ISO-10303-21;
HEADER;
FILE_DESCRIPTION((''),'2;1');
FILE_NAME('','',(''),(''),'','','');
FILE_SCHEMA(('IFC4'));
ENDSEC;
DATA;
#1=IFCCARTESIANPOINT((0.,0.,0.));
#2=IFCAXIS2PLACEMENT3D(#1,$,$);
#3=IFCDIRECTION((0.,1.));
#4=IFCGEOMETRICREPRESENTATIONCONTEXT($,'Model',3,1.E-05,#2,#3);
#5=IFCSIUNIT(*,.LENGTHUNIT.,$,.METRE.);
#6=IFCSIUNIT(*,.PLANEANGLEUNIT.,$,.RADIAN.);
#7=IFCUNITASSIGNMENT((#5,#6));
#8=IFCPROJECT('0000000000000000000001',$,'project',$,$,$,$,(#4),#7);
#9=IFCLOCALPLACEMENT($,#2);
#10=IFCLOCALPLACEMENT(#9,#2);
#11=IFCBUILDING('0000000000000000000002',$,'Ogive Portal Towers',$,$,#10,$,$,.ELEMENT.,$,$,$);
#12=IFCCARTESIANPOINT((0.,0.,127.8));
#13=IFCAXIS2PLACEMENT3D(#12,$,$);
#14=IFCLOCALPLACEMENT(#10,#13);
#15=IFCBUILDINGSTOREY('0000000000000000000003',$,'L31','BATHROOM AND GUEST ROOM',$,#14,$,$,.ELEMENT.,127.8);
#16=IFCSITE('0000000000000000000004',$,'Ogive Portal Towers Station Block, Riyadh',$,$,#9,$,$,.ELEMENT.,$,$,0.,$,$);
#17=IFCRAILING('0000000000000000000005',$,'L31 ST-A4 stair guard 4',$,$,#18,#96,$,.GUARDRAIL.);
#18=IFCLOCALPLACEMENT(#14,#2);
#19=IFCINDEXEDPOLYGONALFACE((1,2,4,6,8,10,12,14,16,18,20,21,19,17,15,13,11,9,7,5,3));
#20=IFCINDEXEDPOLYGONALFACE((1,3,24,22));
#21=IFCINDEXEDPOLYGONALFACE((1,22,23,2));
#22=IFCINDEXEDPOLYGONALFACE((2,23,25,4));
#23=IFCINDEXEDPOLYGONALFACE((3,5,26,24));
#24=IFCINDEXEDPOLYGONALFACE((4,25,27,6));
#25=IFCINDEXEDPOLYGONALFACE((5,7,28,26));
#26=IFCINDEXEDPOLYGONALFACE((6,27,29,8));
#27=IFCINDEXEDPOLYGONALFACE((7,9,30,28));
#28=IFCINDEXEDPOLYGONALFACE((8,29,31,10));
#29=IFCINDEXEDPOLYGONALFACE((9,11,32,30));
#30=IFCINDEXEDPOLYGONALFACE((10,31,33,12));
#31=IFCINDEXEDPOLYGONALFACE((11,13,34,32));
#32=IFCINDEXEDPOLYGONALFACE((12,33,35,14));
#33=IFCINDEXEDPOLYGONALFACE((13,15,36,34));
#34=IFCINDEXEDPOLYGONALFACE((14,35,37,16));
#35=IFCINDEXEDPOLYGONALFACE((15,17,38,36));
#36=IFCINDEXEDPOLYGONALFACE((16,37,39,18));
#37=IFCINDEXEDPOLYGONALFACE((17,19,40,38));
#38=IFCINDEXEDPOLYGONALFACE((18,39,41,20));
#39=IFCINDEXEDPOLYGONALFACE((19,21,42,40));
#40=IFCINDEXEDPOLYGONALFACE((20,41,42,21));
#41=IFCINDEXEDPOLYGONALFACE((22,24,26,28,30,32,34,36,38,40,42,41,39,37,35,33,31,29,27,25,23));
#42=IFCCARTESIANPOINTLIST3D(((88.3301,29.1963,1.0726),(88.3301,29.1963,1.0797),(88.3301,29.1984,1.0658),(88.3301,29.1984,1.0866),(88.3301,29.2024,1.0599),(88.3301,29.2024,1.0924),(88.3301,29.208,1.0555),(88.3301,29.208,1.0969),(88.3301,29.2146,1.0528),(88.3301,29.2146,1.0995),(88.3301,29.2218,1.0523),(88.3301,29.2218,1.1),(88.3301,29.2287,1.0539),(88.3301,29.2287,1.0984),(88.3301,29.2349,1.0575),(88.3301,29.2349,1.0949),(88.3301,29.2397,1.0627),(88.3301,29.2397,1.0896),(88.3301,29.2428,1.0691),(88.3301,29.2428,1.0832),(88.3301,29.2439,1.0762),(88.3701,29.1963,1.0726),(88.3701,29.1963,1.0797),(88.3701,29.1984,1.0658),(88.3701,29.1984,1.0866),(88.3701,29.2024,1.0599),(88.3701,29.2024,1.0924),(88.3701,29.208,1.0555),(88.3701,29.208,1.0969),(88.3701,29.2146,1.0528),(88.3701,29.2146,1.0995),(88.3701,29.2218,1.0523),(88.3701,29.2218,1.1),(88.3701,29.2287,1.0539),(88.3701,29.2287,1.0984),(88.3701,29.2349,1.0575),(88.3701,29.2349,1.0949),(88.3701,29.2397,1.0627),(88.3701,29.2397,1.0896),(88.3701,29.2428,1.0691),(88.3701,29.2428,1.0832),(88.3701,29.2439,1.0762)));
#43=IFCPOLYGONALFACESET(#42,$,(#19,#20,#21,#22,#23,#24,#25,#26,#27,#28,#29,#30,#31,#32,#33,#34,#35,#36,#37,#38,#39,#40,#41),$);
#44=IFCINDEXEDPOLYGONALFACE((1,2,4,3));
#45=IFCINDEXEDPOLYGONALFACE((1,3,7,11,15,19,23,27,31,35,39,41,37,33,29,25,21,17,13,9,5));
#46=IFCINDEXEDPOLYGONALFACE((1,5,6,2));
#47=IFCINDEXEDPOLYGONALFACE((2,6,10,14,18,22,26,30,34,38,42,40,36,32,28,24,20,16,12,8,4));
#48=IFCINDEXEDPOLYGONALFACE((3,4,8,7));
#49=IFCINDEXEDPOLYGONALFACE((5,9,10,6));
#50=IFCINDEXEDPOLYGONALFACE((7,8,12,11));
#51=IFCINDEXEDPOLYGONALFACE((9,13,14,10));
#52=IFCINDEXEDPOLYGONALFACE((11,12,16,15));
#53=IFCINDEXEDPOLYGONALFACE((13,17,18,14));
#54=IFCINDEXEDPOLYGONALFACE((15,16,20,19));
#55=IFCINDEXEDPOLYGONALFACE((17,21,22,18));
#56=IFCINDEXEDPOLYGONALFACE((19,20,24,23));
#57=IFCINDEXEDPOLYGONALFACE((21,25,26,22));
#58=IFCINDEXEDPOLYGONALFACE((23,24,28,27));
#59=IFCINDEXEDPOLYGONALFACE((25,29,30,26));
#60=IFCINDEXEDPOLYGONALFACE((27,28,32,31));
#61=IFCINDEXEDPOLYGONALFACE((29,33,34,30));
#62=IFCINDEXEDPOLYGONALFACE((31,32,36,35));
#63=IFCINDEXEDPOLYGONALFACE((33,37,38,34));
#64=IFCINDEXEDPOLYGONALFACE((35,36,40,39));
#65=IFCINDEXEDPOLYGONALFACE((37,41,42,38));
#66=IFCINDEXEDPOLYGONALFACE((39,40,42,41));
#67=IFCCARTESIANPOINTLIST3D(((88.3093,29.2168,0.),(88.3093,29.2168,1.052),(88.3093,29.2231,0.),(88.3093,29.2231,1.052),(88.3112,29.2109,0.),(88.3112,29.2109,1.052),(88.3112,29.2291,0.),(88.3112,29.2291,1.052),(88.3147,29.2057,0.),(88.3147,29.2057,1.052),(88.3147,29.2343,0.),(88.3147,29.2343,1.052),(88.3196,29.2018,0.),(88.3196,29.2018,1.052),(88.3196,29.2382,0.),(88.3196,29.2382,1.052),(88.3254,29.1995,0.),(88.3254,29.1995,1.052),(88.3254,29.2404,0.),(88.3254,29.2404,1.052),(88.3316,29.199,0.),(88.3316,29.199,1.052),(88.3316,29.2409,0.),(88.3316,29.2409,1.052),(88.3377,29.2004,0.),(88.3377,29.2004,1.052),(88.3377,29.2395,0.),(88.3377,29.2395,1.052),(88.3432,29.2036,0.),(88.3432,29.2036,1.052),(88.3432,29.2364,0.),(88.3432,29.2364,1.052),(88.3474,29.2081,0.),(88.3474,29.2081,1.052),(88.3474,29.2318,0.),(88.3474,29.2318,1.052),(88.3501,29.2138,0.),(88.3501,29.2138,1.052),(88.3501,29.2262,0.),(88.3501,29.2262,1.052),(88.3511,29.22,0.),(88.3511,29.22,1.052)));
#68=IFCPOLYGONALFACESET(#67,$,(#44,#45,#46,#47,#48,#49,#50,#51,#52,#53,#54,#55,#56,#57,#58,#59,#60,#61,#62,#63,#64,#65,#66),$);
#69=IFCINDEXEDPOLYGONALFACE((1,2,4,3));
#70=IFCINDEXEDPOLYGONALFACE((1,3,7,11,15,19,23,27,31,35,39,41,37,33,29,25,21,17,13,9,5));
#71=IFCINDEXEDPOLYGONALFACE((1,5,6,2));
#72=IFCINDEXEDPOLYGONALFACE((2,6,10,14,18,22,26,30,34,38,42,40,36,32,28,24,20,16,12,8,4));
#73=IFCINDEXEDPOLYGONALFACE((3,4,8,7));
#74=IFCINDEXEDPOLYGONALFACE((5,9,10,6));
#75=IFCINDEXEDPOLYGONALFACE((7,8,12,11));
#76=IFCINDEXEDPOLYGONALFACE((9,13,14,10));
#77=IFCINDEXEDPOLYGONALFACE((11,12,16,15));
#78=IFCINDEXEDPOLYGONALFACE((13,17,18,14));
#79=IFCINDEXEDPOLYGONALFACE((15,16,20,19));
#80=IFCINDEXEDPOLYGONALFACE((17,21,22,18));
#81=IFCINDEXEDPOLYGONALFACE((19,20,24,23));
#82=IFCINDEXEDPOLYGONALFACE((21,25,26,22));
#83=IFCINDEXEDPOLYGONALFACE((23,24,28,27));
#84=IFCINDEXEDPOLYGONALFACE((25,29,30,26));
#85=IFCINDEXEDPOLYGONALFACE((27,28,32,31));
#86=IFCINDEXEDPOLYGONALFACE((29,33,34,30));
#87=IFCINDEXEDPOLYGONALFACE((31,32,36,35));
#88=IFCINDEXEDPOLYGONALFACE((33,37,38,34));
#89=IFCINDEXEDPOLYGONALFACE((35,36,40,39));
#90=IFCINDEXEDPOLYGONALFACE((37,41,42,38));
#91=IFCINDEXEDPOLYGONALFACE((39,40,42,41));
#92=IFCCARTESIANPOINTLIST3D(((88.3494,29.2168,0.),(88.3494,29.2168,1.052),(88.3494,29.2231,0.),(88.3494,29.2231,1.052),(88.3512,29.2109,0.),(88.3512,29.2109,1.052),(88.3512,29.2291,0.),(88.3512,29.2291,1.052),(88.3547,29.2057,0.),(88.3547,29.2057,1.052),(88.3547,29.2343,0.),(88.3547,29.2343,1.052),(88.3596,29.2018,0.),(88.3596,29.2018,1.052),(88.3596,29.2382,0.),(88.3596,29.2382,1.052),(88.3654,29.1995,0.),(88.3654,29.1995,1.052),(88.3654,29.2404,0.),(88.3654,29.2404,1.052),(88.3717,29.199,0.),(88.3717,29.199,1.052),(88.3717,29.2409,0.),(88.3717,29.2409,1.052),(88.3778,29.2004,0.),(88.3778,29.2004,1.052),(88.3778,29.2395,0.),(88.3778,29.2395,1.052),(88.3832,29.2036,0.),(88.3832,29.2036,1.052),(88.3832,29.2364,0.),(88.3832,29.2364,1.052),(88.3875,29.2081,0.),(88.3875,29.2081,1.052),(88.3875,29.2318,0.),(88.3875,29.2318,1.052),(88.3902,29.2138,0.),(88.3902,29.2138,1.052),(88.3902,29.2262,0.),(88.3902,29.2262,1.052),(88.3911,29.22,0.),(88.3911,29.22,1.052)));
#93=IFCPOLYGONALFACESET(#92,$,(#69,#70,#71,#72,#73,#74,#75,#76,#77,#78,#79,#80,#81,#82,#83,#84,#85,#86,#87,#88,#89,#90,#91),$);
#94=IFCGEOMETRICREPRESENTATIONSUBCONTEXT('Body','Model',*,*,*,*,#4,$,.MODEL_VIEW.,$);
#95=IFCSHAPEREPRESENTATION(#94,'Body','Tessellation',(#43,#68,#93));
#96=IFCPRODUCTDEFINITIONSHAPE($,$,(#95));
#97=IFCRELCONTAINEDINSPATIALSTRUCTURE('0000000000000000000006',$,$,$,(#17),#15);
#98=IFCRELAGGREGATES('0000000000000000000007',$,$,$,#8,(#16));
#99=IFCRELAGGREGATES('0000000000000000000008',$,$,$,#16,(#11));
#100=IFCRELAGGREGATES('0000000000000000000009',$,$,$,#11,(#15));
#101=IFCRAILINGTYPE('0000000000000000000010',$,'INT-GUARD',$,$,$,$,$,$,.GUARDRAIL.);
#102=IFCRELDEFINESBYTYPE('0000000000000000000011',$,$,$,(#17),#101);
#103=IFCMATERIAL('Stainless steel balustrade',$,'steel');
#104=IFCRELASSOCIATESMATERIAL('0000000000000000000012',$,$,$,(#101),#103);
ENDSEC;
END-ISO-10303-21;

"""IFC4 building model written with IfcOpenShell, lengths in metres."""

from ifc_helpers import new_model, si_unit, direction, frame, origin, origin_2d, place, context, subcontext, project, spatial, circle, extrude, material, type_object, element, save


model = new_model("IFC4")

# Units and contexts
model_context = context("Model", 3, precision=1e-05, world=origin(), true_north=direction((0.0, 1.0)))
body_context = subcontext(model_context, "Body", "Model", "MODEL_VIEW")
ifc_project = project(units=[si_unit("LENGTHUNIT", "METRE"), si_unit("PLANEANGLEUNIT", "RADIAN")], contexts=[model_context])

# Site, building, storey
site_placement = place(None, origin())
site = spatial("IfcSite", under=ifc_project, at=site_placement, Name="Ogive Portal Towers Station Block, Riyadh", CompositionType="ELEMENT", RefElevation=0.0)
building_placement = place(site_placement, origin())
building = spatial("IfcBuilding", under=site, at=building_placement, Name="Ogive Portal Towers", CompositionType="ELEMENT")
storey_placement = place(building_placement, frame((0.0, 0.0, 127.8)))
storey = spatial("IfcBuildingStorey", under=building, at=storey_placement, Name="L31", Description="BATHROOM AND GUEST ROOM", CompositionType="ELEMENT", Elevation=127.8)

# Railing
ifc_material_1 = material(Name="Stainless steel balustrade", Category="steel")
railing_type_1 = type_object("IfcRailingType", Name="INT-GUARD", PredefinedType="GUARDRAIL", material=ifc_material_1)
railing_1_placement = place(storey_placement, frame((88.3301, 29.22, 0.0)))
element("IfcRailing", 1, at=railing_1_placement, inside=storey, type_object=railing_type_1, Name="L31 ST-A4 stair guard 4", PredefinedType="GUARDRAIL", context=body_context, shape_type="SweptSolid", body=[
    extrude(circle(Radius=0.0239, at=origin_2d()), frame((0.0, 0.0, 1.0762), z_axis=(1.0, 0.0, 0.0), x_axis=(0.0, 1.0, 0.0)), (0.0, 0.0, 1.0), 0.04),
    extrude(circle(Radius=0.021, at=origin_2d()), origin(), (0.0, 0.0, 1.0), 1.052),
    extrude(circle(Radius=0.021, at=origin_2d()), frame((0.04, 0.0, 0.0)), (0.0, 0.0, 1.0), 1.052),
])

save(model, "model.ifc")
